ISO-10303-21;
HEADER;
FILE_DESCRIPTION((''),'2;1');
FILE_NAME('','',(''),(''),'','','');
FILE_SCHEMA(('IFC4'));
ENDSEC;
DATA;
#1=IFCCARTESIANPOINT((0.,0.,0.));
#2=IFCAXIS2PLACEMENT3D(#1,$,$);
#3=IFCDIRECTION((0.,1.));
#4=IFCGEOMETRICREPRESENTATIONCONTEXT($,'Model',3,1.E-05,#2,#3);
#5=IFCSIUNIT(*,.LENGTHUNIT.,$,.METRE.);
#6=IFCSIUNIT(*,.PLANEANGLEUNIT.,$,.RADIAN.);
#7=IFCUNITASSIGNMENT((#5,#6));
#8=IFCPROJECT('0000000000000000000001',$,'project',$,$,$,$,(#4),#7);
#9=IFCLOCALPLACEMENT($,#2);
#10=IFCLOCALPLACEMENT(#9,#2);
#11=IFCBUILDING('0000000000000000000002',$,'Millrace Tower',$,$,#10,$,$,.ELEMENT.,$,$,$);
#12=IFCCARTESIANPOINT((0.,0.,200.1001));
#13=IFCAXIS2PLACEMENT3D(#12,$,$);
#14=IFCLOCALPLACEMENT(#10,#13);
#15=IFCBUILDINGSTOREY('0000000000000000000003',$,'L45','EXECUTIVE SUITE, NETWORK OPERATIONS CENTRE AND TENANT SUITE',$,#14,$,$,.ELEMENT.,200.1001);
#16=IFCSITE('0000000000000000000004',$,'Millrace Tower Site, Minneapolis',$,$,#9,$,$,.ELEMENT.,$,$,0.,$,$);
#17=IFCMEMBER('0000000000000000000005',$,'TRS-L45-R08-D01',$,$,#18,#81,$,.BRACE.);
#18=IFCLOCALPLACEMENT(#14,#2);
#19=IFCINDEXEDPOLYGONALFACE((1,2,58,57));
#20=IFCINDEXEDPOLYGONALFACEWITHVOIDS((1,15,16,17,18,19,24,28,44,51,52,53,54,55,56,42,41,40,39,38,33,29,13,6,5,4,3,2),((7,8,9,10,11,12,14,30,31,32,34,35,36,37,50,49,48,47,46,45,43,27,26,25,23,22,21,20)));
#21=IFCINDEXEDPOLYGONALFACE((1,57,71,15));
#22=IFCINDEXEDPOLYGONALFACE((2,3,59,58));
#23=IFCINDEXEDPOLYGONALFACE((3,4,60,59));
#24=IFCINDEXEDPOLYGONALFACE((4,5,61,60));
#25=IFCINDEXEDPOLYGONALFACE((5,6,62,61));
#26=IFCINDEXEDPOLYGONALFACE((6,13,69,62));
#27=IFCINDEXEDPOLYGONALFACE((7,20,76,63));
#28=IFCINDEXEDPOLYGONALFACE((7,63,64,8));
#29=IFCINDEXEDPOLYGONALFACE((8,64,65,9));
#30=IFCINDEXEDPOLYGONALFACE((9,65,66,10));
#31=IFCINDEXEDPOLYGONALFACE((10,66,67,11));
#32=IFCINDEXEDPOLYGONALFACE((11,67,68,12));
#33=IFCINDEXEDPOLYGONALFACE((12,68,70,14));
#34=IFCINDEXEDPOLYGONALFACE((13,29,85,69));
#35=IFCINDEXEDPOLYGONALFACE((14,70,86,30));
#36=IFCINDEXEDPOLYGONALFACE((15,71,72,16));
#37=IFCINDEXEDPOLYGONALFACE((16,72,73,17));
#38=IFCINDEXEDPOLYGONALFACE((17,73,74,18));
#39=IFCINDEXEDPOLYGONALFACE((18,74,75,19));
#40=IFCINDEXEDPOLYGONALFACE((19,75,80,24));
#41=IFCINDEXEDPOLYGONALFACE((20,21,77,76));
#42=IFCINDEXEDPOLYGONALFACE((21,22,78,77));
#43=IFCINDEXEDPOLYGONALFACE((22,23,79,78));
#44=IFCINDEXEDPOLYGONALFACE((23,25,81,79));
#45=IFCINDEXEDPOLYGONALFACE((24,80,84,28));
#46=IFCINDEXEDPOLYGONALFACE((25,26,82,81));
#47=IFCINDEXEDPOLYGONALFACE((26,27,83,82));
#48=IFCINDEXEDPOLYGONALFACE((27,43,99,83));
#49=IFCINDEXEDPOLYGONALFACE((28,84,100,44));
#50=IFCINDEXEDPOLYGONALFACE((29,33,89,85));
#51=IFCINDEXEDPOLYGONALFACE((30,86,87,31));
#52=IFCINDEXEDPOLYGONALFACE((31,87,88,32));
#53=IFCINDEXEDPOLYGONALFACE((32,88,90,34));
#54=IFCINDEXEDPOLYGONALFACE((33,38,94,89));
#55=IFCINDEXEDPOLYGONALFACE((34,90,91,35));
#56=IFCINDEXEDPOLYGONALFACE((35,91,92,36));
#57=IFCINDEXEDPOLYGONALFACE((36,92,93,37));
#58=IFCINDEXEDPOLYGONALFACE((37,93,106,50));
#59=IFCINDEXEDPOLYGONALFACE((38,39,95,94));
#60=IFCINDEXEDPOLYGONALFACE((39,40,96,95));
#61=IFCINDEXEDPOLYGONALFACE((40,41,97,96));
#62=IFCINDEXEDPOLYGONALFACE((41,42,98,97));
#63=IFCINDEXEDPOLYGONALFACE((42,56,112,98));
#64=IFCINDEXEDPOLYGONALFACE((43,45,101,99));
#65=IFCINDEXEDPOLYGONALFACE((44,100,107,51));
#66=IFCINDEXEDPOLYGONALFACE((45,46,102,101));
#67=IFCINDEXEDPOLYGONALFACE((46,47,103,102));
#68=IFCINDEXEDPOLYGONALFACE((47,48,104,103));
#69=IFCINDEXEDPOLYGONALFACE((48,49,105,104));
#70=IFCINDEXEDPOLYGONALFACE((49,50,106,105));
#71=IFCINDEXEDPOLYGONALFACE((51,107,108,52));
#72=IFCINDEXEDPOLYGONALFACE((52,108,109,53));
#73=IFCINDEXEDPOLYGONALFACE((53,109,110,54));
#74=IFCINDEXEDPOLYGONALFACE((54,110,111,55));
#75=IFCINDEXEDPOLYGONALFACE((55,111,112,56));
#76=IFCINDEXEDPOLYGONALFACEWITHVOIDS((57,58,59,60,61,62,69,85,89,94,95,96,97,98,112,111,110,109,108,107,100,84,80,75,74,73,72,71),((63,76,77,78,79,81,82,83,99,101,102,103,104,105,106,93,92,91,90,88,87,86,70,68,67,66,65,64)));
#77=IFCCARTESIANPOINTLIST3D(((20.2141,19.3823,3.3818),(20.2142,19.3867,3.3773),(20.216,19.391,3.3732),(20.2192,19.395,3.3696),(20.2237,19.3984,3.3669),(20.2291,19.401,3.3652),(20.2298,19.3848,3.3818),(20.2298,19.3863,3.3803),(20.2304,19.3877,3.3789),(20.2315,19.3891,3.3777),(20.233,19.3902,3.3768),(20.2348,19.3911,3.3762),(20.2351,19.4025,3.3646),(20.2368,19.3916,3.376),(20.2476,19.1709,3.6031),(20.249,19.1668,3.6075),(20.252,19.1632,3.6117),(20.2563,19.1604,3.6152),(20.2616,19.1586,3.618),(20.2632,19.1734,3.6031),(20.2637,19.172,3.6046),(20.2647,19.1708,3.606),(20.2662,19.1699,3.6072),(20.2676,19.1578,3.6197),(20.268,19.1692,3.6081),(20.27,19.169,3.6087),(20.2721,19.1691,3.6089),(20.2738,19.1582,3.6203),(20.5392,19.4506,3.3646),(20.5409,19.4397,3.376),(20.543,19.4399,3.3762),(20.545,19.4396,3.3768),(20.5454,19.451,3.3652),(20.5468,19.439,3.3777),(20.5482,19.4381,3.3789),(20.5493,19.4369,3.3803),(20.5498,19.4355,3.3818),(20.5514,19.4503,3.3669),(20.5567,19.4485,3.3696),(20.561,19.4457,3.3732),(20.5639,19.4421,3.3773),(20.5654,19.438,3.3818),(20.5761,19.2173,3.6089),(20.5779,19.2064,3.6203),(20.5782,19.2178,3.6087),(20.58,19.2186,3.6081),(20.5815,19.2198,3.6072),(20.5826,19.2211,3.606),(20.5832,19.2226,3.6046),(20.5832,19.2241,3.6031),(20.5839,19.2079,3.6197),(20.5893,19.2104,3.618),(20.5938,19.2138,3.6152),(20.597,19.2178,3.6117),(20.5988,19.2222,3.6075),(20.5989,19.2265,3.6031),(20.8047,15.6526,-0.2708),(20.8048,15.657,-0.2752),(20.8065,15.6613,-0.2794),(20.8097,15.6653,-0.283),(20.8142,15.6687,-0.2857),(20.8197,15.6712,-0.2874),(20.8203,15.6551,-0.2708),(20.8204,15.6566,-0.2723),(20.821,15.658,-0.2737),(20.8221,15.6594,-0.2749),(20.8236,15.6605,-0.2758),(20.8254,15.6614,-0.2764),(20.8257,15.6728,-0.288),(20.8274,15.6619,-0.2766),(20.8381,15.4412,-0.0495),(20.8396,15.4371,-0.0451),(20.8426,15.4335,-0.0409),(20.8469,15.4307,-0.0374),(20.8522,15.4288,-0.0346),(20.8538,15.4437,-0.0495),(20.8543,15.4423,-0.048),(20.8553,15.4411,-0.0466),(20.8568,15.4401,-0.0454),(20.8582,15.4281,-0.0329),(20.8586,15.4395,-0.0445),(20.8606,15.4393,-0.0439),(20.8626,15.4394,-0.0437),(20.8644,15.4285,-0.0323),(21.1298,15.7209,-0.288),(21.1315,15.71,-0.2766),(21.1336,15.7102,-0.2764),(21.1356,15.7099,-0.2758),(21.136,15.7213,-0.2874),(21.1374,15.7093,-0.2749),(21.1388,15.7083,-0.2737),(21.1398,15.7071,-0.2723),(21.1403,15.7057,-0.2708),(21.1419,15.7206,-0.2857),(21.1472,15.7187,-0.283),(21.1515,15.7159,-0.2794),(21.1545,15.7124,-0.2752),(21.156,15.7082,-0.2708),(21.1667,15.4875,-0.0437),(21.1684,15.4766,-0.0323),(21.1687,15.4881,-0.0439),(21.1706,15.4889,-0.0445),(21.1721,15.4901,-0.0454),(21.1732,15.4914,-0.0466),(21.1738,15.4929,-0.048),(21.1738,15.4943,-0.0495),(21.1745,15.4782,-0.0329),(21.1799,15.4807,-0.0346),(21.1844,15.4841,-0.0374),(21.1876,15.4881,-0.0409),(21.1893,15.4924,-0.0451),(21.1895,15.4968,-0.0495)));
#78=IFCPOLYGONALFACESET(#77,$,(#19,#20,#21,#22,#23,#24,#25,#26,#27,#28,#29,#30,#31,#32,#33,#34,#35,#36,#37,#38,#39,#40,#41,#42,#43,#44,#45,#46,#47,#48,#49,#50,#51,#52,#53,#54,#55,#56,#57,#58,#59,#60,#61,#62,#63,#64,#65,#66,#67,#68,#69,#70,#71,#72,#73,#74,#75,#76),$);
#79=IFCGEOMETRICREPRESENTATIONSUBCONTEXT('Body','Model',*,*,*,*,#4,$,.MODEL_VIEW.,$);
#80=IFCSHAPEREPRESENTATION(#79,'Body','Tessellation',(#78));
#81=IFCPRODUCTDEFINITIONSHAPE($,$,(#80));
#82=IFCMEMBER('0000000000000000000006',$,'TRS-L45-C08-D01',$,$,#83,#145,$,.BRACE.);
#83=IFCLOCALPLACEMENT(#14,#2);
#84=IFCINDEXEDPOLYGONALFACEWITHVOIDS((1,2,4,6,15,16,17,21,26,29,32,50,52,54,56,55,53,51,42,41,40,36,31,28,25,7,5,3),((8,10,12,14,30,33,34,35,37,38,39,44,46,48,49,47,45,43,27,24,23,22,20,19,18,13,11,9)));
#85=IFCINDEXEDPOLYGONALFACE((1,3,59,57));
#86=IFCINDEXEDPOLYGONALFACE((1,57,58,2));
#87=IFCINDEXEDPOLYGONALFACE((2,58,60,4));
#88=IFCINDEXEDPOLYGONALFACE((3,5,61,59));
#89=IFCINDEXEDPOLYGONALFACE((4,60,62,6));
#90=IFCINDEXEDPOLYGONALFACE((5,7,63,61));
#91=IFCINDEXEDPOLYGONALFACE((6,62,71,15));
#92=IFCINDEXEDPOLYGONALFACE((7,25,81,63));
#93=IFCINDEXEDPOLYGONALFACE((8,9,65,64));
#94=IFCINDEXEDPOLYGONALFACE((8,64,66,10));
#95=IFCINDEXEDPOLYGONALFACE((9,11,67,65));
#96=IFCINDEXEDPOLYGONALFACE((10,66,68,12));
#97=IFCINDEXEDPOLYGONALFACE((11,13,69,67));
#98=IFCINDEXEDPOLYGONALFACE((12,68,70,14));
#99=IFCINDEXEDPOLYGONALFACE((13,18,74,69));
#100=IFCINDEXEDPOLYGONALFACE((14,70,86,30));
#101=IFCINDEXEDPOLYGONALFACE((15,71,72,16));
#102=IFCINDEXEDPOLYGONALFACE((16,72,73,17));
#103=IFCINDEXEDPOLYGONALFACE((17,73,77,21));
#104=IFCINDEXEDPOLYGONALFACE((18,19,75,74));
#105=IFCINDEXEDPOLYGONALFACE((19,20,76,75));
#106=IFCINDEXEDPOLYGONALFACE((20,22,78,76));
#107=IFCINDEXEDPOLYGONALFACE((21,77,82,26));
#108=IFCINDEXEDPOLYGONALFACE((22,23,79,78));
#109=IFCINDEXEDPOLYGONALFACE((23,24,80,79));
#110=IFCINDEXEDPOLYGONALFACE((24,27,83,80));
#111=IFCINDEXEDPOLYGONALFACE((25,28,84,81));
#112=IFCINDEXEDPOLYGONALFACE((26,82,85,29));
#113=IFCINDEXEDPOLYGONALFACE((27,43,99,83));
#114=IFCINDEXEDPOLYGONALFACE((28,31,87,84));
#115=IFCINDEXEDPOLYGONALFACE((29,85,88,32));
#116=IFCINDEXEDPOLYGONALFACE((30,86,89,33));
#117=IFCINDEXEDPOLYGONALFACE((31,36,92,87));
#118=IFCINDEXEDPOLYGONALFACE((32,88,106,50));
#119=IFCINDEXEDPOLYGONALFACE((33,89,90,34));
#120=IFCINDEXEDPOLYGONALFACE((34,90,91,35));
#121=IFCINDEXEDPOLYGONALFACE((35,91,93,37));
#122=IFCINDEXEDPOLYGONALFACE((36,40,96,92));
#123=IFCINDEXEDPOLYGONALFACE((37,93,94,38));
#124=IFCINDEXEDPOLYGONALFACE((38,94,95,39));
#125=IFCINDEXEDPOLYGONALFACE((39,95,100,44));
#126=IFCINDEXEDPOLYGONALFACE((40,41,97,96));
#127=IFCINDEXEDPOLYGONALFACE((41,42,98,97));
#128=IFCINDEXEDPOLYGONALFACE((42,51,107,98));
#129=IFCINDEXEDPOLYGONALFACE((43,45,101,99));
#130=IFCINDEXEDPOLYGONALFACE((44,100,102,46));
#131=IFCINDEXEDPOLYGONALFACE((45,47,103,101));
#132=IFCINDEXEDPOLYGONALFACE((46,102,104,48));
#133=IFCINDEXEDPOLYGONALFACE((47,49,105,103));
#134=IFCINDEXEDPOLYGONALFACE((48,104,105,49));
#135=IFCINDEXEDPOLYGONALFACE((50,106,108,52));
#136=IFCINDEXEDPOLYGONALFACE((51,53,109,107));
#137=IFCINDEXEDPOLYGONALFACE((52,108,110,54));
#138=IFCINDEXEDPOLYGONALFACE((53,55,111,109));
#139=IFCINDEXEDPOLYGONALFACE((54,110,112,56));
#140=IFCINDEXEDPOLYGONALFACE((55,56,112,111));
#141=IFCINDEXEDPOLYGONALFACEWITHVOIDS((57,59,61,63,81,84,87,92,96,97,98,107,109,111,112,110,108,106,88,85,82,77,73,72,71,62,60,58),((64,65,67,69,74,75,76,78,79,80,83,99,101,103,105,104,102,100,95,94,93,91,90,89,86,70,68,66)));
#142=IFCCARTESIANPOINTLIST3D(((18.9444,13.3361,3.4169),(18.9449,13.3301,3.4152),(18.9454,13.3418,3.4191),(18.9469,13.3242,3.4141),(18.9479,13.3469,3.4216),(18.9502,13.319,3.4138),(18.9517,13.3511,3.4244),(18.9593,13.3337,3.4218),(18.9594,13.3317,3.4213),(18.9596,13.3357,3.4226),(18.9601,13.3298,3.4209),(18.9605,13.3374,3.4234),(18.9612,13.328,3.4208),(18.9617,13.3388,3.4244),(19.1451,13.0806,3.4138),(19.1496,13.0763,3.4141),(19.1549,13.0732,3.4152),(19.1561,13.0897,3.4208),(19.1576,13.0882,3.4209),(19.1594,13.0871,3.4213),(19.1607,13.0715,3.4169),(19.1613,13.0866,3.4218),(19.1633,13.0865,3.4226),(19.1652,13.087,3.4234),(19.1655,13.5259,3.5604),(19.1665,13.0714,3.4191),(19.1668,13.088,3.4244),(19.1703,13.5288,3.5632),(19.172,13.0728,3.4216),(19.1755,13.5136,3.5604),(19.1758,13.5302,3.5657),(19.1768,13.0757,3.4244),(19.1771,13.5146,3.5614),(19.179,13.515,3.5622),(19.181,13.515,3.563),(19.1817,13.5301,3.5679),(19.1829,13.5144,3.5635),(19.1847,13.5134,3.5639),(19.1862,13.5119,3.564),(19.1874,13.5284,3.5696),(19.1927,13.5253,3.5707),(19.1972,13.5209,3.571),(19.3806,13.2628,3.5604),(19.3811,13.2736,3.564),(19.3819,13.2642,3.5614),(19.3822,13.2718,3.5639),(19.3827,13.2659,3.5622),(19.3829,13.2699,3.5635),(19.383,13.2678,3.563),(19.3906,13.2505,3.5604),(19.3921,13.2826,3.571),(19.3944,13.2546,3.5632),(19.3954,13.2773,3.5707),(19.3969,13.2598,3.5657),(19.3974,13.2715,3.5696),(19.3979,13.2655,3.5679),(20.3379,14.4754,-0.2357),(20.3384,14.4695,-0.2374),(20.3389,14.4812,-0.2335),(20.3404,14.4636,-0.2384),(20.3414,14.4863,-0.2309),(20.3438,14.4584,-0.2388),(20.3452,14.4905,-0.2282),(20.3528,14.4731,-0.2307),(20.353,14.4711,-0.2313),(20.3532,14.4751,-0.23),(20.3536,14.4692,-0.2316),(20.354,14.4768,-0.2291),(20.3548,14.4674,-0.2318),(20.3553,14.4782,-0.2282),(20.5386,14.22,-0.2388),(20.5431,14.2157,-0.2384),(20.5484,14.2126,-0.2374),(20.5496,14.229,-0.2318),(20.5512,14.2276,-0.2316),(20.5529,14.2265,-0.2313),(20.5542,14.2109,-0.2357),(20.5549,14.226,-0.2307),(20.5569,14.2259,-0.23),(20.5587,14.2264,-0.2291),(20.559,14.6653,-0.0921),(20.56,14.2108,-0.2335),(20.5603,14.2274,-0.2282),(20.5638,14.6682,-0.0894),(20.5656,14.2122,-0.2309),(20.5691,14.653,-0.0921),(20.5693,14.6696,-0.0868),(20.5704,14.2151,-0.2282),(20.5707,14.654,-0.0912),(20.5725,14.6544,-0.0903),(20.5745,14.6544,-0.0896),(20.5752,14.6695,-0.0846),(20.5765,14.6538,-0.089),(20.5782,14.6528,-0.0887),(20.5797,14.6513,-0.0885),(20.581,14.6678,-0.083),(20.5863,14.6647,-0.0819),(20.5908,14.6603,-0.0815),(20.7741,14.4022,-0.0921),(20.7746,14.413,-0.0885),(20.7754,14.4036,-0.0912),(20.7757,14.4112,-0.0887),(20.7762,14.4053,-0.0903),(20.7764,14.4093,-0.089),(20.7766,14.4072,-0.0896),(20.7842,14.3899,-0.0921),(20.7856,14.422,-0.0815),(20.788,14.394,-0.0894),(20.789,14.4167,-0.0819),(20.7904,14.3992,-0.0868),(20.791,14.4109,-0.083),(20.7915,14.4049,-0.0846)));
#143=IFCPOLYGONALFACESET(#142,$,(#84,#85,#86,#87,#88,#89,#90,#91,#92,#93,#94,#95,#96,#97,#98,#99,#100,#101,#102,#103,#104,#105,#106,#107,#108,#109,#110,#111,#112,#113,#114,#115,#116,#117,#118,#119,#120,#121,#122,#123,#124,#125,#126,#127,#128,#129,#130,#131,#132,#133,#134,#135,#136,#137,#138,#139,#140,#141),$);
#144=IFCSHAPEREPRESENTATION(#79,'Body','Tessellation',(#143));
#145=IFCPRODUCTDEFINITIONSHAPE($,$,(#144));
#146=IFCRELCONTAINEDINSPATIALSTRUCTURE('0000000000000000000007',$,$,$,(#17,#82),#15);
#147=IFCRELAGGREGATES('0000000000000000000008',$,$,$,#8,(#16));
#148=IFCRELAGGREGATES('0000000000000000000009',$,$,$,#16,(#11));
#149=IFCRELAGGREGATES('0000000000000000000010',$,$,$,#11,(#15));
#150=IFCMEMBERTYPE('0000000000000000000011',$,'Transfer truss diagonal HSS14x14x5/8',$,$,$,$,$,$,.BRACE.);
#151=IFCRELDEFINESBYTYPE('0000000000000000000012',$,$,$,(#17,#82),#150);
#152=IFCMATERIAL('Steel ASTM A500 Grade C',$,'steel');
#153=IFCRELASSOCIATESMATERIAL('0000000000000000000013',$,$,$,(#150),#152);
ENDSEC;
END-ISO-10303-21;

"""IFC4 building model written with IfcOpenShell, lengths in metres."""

from ifc_helpers import new_model, si_unit, direction, frame, origin, origin_2d, place, context, subcontext, project, spatial, hollow_rectangle, extrude, material, material_profile, profile_set, type_object, element, save


model = new_model("IFC4")

# Units and contexts
model_context = context("Model", 3, precision=1e-05, world=origin(), true_north=direction((0.0, 1.0)))
body_context = subcontext(model_context, "Body", "Model", "MODEL_VIEW")
ifc_project = project(units=[si_unit("LENGTHUNIT", "METRE"), si_unit("PLANEANGLEUNIT", "RADIAN")], contexts=[model_context])

# Site, building, storey
site_placement = place(None, origin())
site = spatial("IfcSite", under=ifc_project, at=site_placement, Name="Millrace Tower Site, Minneapolis", CompositionType="ELEMENT", RefElevation=0.0)
building_placement = place(site_placement, origin())
building = spatial("IfcBuilding", under=site, at=building_placement, Name="Millrace Tower", CompositionType="ELEMENT")
storey_placement = place(building_placement, frame((0.0, 0.0, 200.1001)))
storey = spatial("IfcBuildingStorey", under=building, at=storey_placement, Name="L45", Description="EXECUTIVE SUITE, NETWORK OPERATIONS CENTRE AND TENANT SUITE", CompositionType="ELEMENT", Elevation=200.1001)

# Members
ifc_material_1 = material(Name="Steel ASTM A500 Grade C", Category="steel")
ifc_material_profile_1 = material_profile(ifc_material_1, hollow_rectangle(XDim=0.3557, YDim=0.3557, WallThickness=0.0159, InnerFilletRadius=0.0081, OuterFilletRadius=0.0239, at=origin_2d()))
ifc_profile_set_1 = profile_set([ifc_material_profile_1], Name="Steel ASTM A500 Grade C")
member_type_1 = type_object("IfcMemberType", Name="Transfer truss diagonal HSS14x14x5/8", PredefinedType="BRACE", material=ifc_profile_set_1)
member_1_placement = place(storey_placement, frame((20.9971, 15.5747, -0.1602), z_axis=(-0.112412, 0.709929, 0.695244), x_axis=(-0.987695, -0.156394, 0.0)))
element("IfcMember", 1, at=member_1_placement, inside=storey, type_object=member_type_1, Name="TRS-L45-R08-D01", PredefinedType="BRACE", context=body_context, shape_type="SweptSolid", body=[
    extrude(hollow_rectangle(XDim=0.3557, YDim=0.3557, WallThickness=0.0159, InnerFilletRadius=0.0081, OuterFilletRadius=0.0239, at=origin_2d()), origin(), (0.0, 0.0, 1.0), 5.2537),
])
member_2_placement = place(storey_placement, frame((20.5647, 14.4402, -0.1602), z_axis=(-0.342224, -0.279811, 0.896989), x_axis=(0.632979, -0.774169, 0.0)))
element("IfcMember", 2, at=member_2_placement, inside=storey, type_object=member_type_1, Name="TRS-L45-C08-D01", PredefinedType="BRACE", context=body_context, shape_type="SweptSolid", body=[
    extrude(hollow_rectangle(XDim=0.3557, YDim=0.3557, WallThickness=0.0159, InnerFilletRadius=0.0081, OuterFilletRadius=0.0239, at=origin_2d()), origin(), (0.0, 0.0, 1.0), 4.072),
])

save(model, "model.ifc")
